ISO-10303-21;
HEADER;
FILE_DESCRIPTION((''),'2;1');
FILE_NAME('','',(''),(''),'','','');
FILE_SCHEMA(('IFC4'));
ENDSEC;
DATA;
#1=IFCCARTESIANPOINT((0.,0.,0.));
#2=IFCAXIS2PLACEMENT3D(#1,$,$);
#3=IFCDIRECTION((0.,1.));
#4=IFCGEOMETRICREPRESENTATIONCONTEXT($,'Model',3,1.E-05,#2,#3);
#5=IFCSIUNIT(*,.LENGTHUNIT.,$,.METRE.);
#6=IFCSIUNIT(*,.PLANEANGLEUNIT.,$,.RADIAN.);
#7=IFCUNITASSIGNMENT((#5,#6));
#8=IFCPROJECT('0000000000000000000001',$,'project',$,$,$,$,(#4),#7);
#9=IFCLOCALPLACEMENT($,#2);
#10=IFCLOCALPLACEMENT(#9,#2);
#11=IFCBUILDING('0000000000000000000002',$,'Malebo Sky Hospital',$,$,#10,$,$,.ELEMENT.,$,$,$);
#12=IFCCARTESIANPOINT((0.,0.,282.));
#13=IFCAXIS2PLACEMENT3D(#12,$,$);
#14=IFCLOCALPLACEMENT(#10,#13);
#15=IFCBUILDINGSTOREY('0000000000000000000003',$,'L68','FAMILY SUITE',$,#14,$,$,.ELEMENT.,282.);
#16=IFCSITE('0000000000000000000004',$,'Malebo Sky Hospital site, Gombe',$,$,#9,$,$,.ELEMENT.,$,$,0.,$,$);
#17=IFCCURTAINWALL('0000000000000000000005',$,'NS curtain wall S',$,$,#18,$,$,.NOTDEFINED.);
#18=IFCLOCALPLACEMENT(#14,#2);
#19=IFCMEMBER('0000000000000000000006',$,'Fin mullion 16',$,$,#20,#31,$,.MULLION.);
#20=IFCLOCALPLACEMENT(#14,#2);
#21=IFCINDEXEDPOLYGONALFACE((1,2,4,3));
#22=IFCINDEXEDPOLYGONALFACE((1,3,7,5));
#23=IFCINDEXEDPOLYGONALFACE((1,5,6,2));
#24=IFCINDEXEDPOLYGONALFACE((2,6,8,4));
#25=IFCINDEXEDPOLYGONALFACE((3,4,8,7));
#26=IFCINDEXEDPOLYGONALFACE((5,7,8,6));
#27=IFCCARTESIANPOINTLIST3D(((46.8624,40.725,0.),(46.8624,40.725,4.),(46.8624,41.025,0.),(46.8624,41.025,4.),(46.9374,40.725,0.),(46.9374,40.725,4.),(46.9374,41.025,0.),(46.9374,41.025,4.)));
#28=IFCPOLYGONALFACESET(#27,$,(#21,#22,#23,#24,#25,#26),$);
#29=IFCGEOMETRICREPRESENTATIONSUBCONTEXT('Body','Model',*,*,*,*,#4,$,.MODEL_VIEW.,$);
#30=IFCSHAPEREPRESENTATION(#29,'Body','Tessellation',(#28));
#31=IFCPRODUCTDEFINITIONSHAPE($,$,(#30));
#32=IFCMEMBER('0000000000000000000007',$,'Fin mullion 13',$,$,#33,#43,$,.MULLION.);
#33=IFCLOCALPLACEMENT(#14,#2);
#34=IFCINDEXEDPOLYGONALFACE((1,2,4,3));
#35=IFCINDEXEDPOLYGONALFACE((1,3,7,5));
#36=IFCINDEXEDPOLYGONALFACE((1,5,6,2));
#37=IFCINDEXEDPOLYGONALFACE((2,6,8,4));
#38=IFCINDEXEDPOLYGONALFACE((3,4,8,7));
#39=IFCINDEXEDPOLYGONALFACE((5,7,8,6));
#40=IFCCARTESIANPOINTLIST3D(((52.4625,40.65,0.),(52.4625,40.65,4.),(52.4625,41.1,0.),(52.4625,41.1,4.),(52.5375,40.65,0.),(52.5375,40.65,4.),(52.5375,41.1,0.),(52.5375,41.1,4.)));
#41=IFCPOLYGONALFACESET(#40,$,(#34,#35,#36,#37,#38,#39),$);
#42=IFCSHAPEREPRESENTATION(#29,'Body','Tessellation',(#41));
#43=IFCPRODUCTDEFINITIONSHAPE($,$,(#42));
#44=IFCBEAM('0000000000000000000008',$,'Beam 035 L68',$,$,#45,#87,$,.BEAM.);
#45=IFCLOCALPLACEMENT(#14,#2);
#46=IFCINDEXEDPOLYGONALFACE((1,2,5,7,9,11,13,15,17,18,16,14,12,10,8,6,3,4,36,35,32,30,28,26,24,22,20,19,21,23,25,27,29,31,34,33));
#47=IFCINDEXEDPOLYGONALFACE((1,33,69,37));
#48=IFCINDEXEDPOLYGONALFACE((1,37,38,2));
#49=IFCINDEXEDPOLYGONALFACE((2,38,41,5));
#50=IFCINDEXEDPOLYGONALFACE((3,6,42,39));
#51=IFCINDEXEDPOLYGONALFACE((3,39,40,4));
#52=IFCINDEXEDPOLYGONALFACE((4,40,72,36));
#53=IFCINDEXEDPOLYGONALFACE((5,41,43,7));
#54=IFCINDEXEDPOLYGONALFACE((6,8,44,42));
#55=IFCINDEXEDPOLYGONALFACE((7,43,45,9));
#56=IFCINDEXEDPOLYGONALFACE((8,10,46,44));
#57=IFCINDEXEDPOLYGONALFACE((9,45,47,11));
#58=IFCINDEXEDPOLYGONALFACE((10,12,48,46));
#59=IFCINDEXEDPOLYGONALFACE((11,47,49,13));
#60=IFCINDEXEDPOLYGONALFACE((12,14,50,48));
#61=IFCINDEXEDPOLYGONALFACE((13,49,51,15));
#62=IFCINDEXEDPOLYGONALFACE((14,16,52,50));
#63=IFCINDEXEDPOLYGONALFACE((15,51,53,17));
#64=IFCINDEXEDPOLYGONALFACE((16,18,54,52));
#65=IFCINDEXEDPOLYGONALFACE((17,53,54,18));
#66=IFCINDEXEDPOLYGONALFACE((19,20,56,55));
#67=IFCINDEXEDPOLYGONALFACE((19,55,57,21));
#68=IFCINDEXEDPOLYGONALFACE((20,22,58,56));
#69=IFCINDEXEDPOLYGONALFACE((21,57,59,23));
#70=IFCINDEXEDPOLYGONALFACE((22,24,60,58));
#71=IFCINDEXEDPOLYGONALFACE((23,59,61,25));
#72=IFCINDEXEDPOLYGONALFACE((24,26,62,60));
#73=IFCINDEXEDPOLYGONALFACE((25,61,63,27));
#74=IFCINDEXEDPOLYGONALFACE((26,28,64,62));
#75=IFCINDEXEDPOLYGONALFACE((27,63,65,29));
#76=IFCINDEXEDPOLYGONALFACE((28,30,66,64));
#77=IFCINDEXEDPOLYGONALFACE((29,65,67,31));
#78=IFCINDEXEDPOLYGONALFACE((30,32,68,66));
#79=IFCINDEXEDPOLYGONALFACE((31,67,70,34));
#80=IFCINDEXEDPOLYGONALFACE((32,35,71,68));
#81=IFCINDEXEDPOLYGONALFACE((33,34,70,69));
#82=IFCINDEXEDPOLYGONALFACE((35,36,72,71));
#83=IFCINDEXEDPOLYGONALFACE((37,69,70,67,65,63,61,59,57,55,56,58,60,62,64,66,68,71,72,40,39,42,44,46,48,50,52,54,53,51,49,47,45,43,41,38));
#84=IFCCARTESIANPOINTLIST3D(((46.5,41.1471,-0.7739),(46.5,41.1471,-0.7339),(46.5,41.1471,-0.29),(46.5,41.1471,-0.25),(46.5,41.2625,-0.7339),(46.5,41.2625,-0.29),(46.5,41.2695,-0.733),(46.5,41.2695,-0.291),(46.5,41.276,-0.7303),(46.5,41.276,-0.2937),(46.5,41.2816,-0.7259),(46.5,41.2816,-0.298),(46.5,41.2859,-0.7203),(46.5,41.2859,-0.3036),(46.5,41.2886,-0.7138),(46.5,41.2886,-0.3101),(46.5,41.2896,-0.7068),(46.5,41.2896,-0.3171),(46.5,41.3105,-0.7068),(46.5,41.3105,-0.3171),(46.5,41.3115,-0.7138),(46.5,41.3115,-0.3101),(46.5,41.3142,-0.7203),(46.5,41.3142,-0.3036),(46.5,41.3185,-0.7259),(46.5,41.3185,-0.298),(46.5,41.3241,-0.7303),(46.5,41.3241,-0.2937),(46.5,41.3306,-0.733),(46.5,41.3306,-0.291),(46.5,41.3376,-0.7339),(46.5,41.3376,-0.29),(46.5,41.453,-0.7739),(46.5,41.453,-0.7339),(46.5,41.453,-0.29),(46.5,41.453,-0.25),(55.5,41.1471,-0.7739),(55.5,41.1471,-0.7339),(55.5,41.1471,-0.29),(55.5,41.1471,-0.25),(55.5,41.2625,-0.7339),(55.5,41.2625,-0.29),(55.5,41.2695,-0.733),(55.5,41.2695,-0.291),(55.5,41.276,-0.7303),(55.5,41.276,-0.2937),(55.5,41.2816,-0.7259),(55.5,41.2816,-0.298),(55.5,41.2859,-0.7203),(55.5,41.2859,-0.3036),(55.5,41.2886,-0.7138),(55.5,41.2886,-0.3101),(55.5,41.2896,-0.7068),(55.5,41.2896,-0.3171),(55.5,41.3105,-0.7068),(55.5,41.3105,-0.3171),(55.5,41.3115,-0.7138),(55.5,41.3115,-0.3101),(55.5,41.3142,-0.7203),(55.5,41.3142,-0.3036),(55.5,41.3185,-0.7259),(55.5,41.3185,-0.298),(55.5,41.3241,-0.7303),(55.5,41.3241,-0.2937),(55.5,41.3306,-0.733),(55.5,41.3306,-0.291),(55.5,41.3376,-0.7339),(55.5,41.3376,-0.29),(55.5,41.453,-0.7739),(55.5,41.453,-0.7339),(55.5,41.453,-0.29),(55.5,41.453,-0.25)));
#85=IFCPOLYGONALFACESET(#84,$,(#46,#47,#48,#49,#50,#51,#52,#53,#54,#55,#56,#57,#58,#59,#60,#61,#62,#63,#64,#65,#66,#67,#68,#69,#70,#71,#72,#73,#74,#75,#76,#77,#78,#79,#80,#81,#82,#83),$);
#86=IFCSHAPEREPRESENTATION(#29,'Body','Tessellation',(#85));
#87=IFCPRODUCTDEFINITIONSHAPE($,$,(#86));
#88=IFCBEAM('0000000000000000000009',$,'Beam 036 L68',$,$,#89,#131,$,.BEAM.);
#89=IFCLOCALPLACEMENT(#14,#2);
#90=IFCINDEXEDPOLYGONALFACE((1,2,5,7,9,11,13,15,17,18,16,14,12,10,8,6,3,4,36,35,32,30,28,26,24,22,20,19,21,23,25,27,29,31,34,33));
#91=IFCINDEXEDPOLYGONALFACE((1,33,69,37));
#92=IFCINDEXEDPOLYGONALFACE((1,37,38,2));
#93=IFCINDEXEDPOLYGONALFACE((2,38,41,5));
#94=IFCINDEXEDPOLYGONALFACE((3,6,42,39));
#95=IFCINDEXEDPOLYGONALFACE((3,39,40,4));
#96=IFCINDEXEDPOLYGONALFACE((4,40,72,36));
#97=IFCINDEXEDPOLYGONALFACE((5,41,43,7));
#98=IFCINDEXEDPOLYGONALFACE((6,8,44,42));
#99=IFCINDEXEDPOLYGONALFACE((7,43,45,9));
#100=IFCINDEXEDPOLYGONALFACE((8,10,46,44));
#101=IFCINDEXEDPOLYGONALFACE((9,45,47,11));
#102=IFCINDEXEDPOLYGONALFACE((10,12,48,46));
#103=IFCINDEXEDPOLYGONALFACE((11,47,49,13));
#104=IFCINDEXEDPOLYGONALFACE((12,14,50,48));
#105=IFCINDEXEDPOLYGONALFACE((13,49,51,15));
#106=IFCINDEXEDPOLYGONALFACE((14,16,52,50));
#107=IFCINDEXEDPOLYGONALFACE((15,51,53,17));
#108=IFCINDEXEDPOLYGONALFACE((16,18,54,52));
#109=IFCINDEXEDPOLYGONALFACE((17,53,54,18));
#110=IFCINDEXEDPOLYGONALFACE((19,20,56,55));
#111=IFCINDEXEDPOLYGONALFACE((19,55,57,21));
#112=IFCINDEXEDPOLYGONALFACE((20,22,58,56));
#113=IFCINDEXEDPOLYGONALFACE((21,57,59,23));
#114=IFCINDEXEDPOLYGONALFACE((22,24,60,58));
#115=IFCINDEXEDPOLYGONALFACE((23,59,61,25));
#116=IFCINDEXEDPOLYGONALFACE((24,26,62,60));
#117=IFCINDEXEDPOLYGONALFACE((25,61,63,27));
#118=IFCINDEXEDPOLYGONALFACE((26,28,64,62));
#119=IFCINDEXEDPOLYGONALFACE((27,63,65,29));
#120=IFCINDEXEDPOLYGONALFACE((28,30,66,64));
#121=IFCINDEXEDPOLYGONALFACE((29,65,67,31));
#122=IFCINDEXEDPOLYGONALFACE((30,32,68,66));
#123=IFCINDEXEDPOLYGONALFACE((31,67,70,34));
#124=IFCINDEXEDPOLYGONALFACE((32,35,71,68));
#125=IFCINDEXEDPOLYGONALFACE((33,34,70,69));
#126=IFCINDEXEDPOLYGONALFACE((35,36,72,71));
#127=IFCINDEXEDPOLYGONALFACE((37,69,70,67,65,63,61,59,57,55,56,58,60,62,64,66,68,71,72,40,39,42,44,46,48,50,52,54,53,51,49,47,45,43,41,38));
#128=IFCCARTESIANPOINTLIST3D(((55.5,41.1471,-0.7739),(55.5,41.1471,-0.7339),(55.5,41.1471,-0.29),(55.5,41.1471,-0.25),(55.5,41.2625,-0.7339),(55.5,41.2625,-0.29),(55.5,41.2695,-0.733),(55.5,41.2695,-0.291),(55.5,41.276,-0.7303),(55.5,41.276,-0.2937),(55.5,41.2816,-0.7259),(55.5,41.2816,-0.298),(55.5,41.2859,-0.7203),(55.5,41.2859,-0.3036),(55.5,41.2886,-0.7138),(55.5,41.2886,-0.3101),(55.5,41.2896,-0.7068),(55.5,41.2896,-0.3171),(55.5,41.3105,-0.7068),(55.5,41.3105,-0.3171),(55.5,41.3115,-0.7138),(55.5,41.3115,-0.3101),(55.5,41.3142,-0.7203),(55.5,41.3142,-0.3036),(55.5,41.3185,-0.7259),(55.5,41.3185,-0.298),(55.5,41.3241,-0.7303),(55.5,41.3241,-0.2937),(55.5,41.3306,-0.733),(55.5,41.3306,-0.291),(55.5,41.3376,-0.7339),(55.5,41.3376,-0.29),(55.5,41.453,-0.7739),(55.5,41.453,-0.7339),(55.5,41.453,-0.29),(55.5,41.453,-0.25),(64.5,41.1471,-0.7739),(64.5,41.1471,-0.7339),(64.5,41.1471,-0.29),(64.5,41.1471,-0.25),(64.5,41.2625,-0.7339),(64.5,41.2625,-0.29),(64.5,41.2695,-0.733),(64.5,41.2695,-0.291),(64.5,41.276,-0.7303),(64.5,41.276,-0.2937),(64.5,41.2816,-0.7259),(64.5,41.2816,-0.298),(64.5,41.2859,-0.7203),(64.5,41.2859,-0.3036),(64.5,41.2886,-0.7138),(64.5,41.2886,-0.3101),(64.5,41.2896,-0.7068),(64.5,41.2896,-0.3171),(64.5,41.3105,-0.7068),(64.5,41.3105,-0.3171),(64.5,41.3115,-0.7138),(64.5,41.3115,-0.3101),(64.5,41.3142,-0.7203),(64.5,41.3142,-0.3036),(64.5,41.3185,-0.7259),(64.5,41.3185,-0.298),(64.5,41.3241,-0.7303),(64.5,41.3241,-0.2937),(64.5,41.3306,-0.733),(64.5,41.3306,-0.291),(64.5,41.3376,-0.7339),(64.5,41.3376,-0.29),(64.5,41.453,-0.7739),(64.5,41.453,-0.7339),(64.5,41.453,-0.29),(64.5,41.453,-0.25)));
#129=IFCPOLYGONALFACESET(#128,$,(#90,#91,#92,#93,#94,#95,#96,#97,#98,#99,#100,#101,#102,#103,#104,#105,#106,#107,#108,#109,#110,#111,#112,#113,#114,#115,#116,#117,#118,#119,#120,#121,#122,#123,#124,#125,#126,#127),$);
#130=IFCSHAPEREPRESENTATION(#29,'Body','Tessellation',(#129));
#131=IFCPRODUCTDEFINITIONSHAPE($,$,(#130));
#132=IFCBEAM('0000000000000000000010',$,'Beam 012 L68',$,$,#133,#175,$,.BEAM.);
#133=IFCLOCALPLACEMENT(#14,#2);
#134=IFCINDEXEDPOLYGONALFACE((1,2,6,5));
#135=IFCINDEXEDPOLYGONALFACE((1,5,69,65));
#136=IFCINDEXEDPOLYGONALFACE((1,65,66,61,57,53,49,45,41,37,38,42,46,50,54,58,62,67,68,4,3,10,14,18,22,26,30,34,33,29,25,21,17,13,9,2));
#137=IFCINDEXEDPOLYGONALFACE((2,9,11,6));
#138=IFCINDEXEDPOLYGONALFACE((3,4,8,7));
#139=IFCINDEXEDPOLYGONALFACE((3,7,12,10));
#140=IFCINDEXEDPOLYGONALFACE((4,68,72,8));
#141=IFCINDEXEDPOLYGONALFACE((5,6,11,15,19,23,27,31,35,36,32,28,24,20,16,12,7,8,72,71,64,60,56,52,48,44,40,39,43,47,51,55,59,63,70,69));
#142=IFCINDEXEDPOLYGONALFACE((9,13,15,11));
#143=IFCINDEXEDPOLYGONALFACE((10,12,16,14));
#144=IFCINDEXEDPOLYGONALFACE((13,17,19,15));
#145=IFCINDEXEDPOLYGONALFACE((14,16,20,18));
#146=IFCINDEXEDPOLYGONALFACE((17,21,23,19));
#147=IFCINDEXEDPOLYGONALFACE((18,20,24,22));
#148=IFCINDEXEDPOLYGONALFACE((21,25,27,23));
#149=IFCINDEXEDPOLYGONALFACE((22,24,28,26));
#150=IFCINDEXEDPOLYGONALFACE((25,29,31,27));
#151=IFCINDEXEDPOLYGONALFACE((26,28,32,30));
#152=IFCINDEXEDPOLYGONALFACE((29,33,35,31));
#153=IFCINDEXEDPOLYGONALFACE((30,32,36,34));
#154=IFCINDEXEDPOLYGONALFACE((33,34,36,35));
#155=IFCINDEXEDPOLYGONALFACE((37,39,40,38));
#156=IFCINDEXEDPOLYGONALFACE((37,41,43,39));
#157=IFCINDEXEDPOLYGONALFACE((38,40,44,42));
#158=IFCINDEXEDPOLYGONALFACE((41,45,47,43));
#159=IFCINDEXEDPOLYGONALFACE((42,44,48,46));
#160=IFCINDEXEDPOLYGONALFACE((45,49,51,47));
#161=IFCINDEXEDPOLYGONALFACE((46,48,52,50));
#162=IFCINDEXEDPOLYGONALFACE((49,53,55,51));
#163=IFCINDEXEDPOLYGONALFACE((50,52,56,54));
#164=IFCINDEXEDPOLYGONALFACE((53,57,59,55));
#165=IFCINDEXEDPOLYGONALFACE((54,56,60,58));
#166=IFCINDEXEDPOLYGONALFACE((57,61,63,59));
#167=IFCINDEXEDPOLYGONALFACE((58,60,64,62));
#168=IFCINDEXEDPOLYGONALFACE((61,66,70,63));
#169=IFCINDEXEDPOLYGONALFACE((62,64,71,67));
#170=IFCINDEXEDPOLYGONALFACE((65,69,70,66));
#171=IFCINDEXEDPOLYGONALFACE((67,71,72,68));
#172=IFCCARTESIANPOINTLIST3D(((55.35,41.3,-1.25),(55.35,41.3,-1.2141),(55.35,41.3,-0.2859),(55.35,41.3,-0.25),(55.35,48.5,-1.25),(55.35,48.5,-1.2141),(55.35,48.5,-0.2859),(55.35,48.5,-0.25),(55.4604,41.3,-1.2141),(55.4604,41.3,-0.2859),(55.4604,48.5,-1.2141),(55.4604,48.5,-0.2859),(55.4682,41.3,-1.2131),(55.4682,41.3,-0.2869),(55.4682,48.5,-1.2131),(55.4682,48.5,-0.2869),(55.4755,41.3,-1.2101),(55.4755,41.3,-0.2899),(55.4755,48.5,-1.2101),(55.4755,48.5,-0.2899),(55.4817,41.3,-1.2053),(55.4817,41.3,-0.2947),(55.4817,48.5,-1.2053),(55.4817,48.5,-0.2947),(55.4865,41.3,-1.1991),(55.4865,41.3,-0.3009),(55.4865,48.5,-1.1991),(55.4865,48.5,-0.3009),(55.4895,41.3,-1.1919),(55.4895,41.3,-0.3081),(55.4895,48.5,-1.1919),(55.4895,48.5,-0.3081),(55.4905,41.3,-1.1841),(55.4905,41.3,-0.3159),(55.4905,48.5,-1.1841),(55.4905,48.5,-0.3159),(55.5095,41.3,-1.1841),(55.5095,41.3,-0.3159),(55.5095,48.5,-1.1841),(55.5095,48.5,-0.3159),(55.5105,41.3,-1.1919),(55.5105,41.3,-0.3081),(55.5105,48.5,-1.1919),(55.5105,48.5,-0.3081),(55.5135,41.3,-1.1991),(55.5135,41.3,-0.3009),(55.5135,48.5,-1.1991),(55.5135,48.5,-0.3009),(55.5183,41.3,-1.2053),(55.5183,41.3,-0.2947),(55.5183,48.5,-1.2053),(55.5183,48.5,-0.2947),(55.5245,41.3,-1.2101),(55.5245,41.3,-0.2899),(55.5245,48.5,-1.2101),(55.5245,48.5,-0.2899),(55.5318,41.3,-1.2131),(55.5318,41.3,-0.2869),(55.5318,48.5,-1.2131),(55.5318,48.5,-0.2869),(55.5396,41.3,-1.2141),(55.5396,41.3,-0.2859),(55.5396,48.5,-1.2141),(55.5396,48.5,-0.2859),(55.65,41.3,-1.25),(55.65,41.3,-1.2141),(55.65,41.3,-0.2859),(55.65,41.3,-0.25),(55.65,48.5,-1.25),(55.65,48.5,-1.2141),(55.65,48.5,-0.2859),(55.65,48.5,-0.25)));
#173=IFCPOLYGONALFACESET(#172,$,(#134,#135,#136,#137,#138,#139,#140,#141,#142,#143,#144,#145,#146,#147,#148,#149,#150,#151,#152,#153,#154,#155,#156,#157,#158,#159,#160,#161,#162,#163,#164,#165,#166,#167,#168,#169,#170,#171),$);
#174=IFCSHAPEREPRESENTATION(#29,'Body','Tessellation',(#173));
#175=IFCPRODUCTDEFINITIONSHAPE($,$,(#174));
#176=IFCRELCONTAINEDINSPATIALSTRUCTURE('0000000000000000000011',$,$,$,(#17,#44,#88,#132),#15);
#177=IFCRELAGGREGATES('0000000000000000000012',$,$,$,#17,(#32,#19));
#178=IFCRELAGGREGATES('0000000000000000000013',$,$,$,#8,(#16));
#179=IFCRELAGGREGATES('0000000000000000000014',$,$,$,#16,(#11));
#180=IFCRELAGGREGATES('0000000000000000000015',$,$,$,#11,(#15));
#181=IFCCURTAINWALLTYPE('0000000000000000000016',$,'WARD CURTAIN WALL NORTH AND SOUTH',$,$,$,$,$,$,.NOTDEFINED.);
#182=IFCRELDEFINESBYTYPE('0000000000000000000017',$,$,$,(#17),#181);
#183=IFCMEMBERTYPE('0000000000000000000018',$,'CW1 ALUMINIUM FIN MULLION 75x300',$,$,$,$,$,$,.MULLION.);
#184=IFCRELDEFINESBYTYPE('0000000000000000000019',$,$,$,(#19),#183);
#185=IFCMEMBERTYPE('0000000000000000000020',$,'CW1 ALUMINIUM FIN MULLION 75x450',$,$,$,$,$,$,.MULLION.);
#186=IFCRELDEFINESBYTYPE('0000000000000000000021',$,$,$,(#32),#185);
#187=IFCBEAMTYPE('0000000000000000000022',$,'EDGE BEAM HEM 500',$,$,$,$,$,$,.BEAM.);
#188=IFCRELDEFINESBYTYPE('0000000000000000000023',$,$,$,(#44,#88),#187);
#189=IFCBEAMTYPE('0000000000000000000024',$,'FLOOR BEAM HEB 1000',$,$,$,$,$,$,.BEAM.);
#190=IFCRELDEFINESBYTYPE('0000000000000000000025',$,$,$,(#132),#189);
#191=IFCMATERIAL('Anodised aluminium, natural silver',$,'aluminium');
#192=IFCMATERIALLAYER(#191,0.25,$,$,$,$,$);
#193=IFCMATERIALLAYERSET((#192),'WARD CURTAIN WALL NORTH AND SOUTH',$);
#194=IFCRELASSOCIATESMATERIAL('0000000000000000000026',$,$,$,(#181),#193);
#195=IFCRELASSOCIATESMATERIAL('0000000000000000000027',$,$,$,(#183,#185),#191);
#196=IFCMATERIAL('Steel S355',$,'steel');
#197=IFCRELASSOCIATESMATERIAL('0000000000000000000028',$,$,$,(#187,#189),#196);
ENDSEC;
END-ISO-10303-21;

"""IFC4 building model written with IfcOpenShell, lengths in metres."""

from ifc_helpers import new_model, si_unit, direction, frame, origin, origin_2d, place, context, subcontext, project, spatial, rectangle, i_section, extrude, material, layer, layer_set, material_profile, profile_set, type_object, element, aggregate, save


model = new_model("IFC4")

# Units and contexts
model_context = context("Model", 3, precision=1e-05, world=origin(), true_north=direction((0.0, 1.0)))
body_context = subcontext(model_context, "Body", "Model", "MODEL_VIEW")
ifc_project = project(units=[si_unit("LENGTHUNIT", "METRE"), si_unit("PLANEANGLEUNIT", "RADIAN")], contexts=[model_context])

# Site, building, storey
site_placement = place(None, origin())
site = spatial("IfcSite", under=ifc_project, at=site_placement, Name="Malebo Sky Hospital site, Gombe", CompositionType="ELEMENT", RefElevation=0.0)
building_placement = place(site_placement, origin())
building = spatial("IfcBuilding", under=site, at=building_placement, Name="Malebo Sky Hospital", CompositionType="ELEMENT")
storey_placement = place(building_placement, frame((0.0, 0.0, 282.0)))
storey = spatial("IfcBuildingStorey", under=building, at=storey_placement, Name="L68", Description="FAMILY SUITE", CompositionType="ELEMENT", Elevation=282.0)

# Curtain wall
ifc_material_1 = material(Name="Anodised aluminium, natural silver", Category="aluminium")
ifc_layer_1 = layer(ifc_material_1, 0.25)
ifc_layer_set_1 = layer_set([ifc_layer_1], Name="WARD CURTAIN WALL NORTH AND SOUTH")
curtain_wall_type = type_object("IfcCurtainWallType", Name="WARD CURTAIN WALL NORTH AND SOUTH", PredefinedType="NOTDEFINED", material=ifc_layer_set_1)
curtain_wall_placement = place(storey_placement, origin())
curtain_wall = element("IfcCurtainWall", 1, at=curtain_wall_placement, inside=storey, type_object=curtain_wall_type, Name="NS curtain wall S", PredefinedType="NOTDEFINED")

# Members
ifc_material_2 = material(Name="Steel S355", Category="steel")
ifc_material_profile_1 = material_profile(ifc_material_1, rectangle(XDim=0.075, YDim=0.3, at=origin_2d()), Name="CW1 ALUMINIUM FIN MULLION 75x300")
ifc_profile_set_1 = profile_set([ifc_material_profile_1], Name="Anodised aluminium, natural silver")
member_type_1 = type_object("IfcMemberType", Name="CW1 ALUMINIUM FIN MULLION 75x300", PredefinedType="MULLION", material=ifc_profile_set_1)
member_1_placement = place(storey_placement, frame((46.8999, 40.875, 0.0), z_axis=(0.0, 0.0, 1.0), x_axis=(-1.0, 0.0, 0.0)))
member_1 = element("IfcMember", 2, at=member_1_placement, type_object=member_type_1, Name="Fin mullion 16", PredefinedType="MULLION", context=body_context, shape_type="SweptSolid", body=[
    extrude(rectangle(XDim=0.075, YDim=0.3, at=origin_2d()), origin(), (0.0, 0.0, 1.0), 4.0),
])
ifc_material_profile_2 = material_profile(ifc_material_1, rectangle(XDim=0.075, YDim=0.45, at=origin_2d()), Name="CW1 ALUMINIUM FIN MULLION 75x450")
ifc_profile_set_2 = profile_set([ifc_material_profile_2], Name="Anodised aluminium, natural silver")
member_type_2 = type_object("IfcMemberType", Name="CW1 ALUMINIUM FIN MULLION 75x450", PredefinedType="MULLION", material=ifc_profile_set_2)
member_2_placement = place(storey_placement, frame((52.5, 40.875, 0.0), z_axis=(0.0, 0.0, 1.0), x_axis=(-1.0, 0.0, 0.0)))
member_2 = element("IfcMember", 3, at=member_2_placement, type_object=member_type_2, Name="Fin mullion 13", PredefinedType="MULLION", context=body_context, shape_type="SweptSolid", body=[
    extrude(rectangle(XDim=0.075, YDim=0.45, at=origin_2d()), origin(), (0.0, 0.0, 1.0), 4.0),
])

# Beams
ifc_material_profile_3 = material_profile(ifc_material_2, i_section(OverallWidth=0.3059, OverallDepth=0.5239, WebThickness=0.021, FlangeThickness=0.04, FilletRadius=0.0271, at=origin_2d()), Name="HEM 500")
ifc_profile_set_3 = profile_set([ifc_material_profile_3], Name="Steel S355")
beam_type_1 = type_object("IfcBeamType", Name="EDGE BEAM HEM 500", PredefinedType="BEAM", material=ifc_profile_set_3)
for number, where, z_axis, x_axis, name in (
    (4, (46.5, 41.3, -0.512), (1.0, 0.0, 0.0), (0.0, 1.0, 0.0), "Beam 035 L68"),
    (5, (55.5, 41.3, -0.512), (1.0, 0.0, 0.0), (0.0, 1.0, 0.0), "Beam 036 L68"),
):
    element("IfcBeam", number, at=place(storey_placement, frame(where, z_axis=z_axis, x_axis=x_axis)), inside=storey, type_object=beam_type_1, Name=name, PredefinedType="BEAM", context=body_context, shape_type="SweptSolid", body=[
        extrude(i_section(OverallWidth=0.3059, OverallDepth=0.5239, WebThickness=0.021, FlangeThickness=0.04, FilletRadius=0.0271, at=origin_2d()), origin(), (0.0, 0.0, 1.0), 9.0),
    ])
ifc_material_profile_4 = material_profile(ifc_material_2, i_section(OverallWidth=0.3, OverallDepth=1.0, WebThickness=0.019, FlangeThickness=0.0359, FilletRadius=0.03, at=origin_2d()), Name="HEB 1000")
ifc_profile_set_4 = profile_set([ifc_material_profile_4], Name="Steel S355")
beam_type_2 = type_object("IfcBeamType", Name="FLOOR BEAM HEB 1000", PredefinedType="BEAM", material=ifc_profile_set_4)
beam_1_placement = place(storey_placement, frame((55.5, 41.3, -0.75), z_axis=(0.0, 1.0, 0.0), x_axis=(-1.0, 0.0, 0.0)))
element("IfcBeam", 6, at=beam_1_placement, inside=storey, type_object=beam_type_2, Name="Beam 012 L68", PredefinedType="BEAM", context=body_context, shape_type="SweptSolid", body=[
    extrude(i_section(OverallWidth=0.3, OverallDepth=1.0, WebThickness=0.019, FlangeThickness=0.0359, FilletRadius=0.03, at=origin_2d()), origin(), (0.0, 0.0, 1.0), 7.2),
])

aggregate(curtain_wall, [member_2, member_1])

save(model, "model.ifc")
